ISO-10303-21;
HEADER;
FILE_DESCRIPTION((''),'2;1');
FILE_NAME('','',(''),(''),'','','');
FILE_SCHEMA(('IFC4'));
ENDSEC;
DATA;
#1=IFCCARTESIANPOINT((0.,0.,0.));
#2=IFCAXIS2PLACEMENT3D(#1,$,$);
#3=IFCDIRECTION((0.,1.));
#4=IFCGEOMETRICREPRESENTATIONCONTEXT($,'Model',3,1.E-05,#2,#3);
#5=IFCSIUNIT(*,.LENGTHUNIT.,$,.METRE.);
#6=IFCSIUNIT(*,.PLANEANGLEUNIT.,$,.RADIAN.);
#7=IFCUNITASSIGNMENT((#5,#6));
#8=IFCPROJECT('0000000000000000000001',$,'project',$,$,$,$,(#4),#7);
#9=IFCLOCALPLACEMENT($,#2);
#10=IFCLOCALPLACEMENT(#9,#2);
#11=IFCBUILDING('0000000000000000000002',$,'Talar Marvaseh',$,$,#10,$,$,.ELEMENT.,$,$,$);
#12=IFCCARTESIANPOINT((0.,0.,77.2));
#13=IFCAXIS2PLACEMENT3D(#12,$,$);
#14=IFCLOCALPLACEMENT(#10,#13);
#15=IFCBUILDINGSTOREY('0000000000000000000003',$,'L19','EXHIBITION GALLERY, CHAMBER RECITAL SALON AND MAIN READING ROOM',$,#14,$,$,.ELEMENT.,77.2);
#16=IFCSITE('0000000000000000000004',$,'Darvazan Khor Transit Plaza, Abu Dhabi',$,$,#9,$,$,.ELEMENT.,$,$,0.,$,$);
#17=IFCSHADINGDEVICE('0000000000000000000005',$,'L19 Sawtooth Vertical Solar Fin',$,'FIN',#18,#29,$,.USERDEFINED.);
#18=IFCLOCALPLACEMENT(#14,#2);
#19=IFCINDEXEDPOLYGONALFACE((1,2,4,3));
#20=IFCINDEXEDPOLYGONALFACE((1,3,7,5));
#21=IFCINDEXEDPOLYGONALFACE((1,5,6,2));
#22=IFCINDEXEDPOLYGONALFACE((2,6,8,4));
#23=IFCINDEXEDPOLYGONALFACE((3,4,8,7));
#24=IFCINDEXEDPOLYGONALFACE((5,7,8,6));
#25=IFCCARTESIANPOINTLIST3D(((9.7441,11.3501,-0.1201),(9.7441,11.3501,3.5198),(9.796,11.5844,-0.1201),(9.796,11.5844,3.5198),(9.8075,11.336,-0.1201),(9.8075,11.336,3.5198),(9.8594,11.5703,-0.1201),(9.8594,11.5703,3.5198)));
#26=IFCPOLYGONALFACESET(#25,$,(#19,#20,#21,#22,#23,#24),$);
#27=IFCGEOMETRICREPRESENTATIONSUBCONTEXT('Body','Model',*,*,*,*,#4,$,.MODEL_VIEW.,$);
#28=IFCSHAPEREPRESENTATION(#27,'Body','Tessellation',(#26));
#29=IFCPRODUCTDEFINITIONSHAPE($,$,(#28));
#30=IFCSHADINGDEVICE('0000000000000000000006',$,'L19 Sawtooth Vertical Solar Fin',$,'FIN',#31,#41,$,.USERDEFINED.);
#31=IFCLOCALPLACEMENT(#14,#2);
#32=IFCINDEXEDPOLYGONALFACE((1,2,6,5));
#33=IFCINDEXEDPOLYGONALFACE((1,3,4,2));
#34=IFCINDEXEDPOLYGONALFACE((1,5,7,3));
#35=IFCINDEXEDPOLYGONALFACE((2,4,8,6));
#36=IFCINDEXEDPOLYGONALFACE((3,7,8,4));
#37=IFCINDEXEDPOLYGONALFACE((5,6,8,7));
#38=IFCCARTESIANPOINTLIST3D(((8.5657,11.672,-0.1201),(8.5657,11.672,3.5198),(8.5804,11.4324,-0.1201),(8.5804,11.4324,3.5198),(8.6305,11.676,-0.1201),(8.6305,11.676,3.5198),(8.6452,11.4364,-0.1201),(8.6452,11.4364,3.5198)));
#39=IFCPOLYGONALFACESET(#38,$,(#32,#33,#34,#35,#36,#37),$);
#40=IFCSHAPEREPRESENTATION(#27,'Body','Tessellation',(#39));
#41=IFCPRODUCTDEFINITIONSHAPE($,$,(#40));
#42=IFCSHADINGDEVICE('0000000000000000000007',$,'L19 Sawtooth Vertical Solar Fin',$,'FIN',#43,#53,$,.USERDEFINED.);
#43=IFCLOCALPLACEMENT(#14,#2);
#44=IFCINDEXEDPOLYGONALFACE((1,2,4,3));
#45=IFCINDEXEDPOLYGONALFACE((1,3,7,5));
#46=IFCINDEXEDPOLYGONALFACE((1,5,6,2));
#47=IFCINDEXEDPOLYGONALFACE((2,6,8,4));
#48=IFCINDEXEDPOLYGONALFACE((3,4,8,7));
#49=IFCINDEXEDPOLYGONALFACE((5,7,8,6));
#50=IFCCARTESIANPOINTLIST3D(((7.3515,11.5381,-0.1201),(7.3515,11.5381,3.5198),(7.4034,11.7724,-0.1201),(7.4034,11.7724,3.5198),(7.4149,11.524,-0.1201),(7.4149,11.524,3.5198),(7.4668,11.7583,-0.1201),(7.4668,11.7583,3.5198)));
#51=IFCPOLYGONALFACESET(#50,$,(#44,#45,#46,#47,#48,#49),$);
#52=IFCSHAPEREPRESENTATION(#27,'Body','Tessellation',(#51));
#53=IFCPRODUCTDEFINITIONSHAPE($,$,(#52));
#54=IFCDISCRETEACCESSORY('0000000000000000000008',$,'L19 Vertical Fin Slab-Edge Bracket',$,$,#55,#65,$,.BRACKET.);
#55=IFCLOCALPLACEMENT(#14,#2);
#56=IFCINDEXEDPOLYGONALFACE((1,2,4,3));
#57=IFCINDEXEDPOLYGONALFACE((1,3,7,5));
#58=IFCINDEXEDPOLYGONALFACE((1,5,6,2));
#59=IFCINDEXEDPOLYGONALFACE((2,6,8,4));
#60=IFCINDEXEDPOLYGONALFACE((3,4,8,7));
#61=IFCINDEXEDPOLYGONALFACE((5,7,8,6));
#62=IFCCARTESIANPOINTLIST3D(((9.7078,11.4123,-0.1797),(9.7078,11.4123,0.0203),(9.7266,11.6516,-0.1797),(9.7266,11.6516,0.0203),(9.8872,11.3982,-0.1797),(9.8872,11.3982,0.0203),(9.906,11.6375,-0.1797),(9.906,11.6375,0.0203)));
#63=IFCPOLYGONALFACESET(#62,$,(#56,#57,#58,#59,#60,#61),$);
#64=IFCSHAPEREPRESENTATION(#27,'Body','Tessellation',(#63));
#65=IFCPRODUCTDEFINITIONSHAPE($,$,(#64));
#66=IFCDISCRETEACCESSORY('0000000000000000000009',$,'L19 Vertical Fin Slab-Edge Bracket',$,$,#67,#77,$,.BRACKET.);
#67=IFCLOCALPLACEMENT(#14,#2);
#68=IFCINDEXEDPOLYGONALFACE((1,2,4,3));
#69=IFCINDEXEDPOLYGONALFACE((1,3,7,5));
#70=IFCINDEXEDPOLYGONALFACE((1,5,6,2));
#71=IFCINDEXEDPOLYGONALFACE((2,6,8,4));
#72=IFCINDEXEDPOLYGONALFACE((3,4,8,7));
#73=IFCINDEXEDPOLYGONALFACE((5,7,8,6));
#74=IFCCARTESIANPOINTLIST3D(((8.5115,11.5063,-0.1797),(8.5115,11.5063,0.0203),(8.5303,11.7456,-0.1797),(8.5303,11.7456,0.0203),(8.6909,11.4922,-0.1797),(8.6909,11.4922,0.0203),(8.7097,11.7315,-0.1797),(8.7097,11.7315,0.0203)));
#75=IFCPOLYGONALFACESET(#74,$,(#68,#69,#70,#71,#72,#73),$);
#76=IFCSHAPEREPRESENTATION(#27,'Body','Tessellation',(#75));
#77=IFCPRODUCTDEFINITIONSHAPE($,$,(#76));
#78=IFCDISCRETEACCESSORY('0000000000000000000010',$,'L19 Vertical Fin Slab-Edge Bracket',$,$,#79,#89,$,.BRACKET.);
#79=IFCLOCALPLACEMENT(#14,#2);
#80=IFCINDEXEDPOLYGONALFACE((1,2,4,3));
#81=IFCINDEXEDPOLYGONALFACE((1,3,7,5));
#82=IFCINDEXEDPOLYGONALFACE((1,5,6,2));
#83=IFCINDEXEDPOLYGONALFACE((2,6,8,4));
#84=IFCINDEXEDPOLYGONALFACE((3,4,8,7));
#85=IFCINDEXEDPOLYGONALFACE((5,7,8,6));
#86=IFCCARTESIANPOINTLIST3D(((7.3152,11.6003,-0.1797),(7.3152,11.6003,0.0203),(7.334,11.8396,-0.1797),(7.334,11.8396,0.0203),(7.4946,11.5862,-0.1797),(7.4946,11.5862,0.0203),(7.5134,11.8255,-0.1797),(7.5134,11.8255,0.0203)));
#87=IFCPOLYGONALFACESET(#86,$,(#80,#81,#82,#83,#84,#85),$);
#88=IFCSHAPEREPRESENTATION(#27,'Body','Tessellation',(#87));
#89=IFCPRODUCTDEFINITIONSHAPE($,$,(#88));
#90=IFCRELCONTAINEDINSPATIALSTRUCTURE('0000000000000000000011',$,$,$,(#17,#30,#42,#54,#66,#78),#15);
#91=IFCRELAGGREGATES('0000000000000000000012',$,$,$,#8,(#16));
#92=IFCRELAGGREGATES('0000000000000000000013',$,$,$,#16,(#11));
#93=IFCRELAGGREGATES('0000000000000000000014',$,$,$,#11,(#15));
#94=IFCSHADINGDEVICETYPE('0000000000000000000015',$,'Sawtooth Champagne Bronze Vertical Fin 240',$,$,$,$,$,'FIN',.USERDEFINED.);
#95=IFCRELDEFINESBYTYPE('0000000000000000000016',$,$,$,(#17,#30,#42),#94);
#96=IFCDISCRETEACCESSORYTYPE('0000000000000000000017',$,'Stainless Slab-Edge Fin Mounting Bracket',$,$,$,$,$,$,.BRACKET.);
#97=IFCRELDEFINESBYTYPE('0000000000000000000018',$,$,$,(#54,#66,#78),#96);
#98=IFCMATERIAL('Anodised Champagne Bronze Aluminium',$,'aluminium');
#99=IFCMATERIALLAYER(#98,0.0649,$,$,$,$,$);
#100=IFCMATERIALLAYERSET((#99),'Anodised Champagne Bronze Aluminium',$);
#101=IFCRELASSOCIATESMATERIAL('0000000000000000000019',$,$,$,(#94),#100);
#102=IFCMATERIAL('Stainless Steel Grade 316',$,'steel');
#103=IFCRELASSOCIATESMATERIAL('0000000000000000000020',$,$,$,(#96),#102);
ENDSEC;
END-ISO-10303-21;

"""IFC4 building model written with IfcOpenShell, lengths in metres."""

from ifc_helpers import new_model, si_unit, direction, frame, origin, origin_2d, place, context, subcontext, project, spatial, rectangle, extrude, source, transform, mapped, material, layer, layer_set, type_object, type_shapes, element, save


model = new_model("IFC4")

# Units and contexts
model_context = context("Model", 3, precision=1e-05, world=origin(), true_north=direction((0.0, 1.0)))
body_context = subcontext(model_context, "Body", "Model", "MODEL_VIEW")
ifc_project = project(units=[si_unit("LENGTHUNIT", "METRE"), si_unit("PLANEANGLEUNIT", "RADIAN")], contexts=[model_context])

# Site, building, storey
site_placement = place(None, origin())
site = spatial("IfcSite", under=ifc_project, at=site_placement, Name="Darvazan Khor Transit Plaza, Abu Dhabi", CompositionType="ELEMENT", RefElevation=0.0)
building_placement = place(site_placement, origin())
building = spatial("IfcBuilding", under=site, at=building_placement, Name="Talar Marvaseh", CompositionType="ELEMENT")
storey_placement = place(building_placement, frame((0.0, 0.0, 77.2)))
storey = spatial("IfcBuildingStorey", under=building, at=storey_placement, Name="L19", Description="EXHIBITION GALLERY, CHAMBER RECITAL SALON AND MAIN READING ROOM", CompositionType="ELEMENT", Elevation=77.2)

# Shading devices
ifc_material_1 = material(Name="Anodised Champagne Bronze Aluminium", Category="aluminium")
ifc_layer_1 = layer(ifc_material_1, 0.0649)
ifc_layer_set_1 = layer_set([ifc_layer_1], Name="Anodised Champagne Bronze Aluminium")
shading_device_type = type_object("IfcShadingDeviceType", Name="Sawtooth Champagne Bronze Vertical Fin 240", ElementType="FIN", PredefinedType="USERDEFINED", material=ifc_layer_set_1)
shared_shape_1 = source(origin(), body_context, "Body", "SweptSolid", [
    extrude(rectangle(XDim=0.24, YDim=0.0649, at=origin_2d()), origin(), (0.0, 0.0, 1.0), 3.6399),
])
type_shapes(shading_device_type, [shared_shape_1])
for number, where, z_axis, x_axis, name in (
    (1, (9.8018, 11.4602, -0.1201), (0.0, 0.0, 1.0), (-0.216269, -0.976334, 0.0), "L19 Sawtooth Vertical Solar Fin"),
    (2, (8.6055, 11.5542, -0.1201), (0.0, 0.0, 1.0), (0.061223, -0.998124, 0.0), "L19 Sawtooth Vertical Solar Fin"),
    (3, (7.4092, 11.6482, -0.1201), (0.0, 0.0, 1.0), (-0.216269, -0.976334, 0.0), "L19 Sawtooth Vertical Solar Fin"),
):
    element("IfcShadingDevice", number, at=place(storey_placement, frame(where, z_axis=z_axis, x_axis=x_axis)), inside=storey, type_object=shading_device_type, Name=name, ObjectType="FIN", PredefinedType="USERDEFINED", context=body_context, shape_type="MappedRepresentation", body=[
        mapped(shared_shape_1, transform((0.0, 0.0, 0.0), x_axis=(1.0, 0.0, 0.0), y_axis=(0.0, 1.0, 0.0), z_axis=(0.0, 0.0, 1.0), scale=1.0)),
    ])

# Discrete accessories
ifc_material_2 = material(Name="Stainless Steel Grade 316", Category="steel")
discrete_accessory_type = type_object("IfcDiscreteAccessoryType", Name="Stainless Slab-Edge Fin Mounting Bracket", PredefinedType="BRACKET", material=ifc_material_2)
shared_shape_2 = source(origin(), body_context, "Body", "SweptSolid", [
    extrude(rectangle(XDim=0.24, YDim=0.1799, at=origin_2d()), origin(), (0.0, 0.0, 1.0), 0.2),
])
type_shapes(discrete_accessory_type, [shared_shape_2])
for number, where, z_axis, x_axis, name in (
    (4, (9.8069, 11.5249, -0.1797), (0.0, 0.0, 1.0), (-0.078285, -0.996931, 0.0), "L19 Vertical Fin Slab-Edge Bracket"),
    (5, (8.6106, 11.6189, -0.1797), (0.0, 0.0, 1.0), (-0.078285, -0.996931, 0.0), "L19 Vertical Fin Slab-Edge Bracket"),
    (6, (7.4143, 11.7129, -0.1797), (0.0, 0.0, 1.0), (-0.078285, -0.996931, 0.0), "L19 Vertical Fin Slab-Edge Bracket"),
):
    element("IfcDiscreteAccessory", number, at=place(storey_placement, frame(where, z_axis=z_axis, x_axis=x_axis)), inside=storey, type_object=discrete_accessory_type, Name=name, PredefinedType="BRACKET", context=body_context, shape_type="MappedRepresentation", body=[
        mapped(shared_shape_2, transform((0.0, 0.0, 0.0), x_axis=(1.0, 0.0, 0.0), y_axis=(0.0, 1.0, 0.0), z_axis=(0.0, 0.0, 1.0), scale=1.0)),
    ])

save(model, "model.ifc")
